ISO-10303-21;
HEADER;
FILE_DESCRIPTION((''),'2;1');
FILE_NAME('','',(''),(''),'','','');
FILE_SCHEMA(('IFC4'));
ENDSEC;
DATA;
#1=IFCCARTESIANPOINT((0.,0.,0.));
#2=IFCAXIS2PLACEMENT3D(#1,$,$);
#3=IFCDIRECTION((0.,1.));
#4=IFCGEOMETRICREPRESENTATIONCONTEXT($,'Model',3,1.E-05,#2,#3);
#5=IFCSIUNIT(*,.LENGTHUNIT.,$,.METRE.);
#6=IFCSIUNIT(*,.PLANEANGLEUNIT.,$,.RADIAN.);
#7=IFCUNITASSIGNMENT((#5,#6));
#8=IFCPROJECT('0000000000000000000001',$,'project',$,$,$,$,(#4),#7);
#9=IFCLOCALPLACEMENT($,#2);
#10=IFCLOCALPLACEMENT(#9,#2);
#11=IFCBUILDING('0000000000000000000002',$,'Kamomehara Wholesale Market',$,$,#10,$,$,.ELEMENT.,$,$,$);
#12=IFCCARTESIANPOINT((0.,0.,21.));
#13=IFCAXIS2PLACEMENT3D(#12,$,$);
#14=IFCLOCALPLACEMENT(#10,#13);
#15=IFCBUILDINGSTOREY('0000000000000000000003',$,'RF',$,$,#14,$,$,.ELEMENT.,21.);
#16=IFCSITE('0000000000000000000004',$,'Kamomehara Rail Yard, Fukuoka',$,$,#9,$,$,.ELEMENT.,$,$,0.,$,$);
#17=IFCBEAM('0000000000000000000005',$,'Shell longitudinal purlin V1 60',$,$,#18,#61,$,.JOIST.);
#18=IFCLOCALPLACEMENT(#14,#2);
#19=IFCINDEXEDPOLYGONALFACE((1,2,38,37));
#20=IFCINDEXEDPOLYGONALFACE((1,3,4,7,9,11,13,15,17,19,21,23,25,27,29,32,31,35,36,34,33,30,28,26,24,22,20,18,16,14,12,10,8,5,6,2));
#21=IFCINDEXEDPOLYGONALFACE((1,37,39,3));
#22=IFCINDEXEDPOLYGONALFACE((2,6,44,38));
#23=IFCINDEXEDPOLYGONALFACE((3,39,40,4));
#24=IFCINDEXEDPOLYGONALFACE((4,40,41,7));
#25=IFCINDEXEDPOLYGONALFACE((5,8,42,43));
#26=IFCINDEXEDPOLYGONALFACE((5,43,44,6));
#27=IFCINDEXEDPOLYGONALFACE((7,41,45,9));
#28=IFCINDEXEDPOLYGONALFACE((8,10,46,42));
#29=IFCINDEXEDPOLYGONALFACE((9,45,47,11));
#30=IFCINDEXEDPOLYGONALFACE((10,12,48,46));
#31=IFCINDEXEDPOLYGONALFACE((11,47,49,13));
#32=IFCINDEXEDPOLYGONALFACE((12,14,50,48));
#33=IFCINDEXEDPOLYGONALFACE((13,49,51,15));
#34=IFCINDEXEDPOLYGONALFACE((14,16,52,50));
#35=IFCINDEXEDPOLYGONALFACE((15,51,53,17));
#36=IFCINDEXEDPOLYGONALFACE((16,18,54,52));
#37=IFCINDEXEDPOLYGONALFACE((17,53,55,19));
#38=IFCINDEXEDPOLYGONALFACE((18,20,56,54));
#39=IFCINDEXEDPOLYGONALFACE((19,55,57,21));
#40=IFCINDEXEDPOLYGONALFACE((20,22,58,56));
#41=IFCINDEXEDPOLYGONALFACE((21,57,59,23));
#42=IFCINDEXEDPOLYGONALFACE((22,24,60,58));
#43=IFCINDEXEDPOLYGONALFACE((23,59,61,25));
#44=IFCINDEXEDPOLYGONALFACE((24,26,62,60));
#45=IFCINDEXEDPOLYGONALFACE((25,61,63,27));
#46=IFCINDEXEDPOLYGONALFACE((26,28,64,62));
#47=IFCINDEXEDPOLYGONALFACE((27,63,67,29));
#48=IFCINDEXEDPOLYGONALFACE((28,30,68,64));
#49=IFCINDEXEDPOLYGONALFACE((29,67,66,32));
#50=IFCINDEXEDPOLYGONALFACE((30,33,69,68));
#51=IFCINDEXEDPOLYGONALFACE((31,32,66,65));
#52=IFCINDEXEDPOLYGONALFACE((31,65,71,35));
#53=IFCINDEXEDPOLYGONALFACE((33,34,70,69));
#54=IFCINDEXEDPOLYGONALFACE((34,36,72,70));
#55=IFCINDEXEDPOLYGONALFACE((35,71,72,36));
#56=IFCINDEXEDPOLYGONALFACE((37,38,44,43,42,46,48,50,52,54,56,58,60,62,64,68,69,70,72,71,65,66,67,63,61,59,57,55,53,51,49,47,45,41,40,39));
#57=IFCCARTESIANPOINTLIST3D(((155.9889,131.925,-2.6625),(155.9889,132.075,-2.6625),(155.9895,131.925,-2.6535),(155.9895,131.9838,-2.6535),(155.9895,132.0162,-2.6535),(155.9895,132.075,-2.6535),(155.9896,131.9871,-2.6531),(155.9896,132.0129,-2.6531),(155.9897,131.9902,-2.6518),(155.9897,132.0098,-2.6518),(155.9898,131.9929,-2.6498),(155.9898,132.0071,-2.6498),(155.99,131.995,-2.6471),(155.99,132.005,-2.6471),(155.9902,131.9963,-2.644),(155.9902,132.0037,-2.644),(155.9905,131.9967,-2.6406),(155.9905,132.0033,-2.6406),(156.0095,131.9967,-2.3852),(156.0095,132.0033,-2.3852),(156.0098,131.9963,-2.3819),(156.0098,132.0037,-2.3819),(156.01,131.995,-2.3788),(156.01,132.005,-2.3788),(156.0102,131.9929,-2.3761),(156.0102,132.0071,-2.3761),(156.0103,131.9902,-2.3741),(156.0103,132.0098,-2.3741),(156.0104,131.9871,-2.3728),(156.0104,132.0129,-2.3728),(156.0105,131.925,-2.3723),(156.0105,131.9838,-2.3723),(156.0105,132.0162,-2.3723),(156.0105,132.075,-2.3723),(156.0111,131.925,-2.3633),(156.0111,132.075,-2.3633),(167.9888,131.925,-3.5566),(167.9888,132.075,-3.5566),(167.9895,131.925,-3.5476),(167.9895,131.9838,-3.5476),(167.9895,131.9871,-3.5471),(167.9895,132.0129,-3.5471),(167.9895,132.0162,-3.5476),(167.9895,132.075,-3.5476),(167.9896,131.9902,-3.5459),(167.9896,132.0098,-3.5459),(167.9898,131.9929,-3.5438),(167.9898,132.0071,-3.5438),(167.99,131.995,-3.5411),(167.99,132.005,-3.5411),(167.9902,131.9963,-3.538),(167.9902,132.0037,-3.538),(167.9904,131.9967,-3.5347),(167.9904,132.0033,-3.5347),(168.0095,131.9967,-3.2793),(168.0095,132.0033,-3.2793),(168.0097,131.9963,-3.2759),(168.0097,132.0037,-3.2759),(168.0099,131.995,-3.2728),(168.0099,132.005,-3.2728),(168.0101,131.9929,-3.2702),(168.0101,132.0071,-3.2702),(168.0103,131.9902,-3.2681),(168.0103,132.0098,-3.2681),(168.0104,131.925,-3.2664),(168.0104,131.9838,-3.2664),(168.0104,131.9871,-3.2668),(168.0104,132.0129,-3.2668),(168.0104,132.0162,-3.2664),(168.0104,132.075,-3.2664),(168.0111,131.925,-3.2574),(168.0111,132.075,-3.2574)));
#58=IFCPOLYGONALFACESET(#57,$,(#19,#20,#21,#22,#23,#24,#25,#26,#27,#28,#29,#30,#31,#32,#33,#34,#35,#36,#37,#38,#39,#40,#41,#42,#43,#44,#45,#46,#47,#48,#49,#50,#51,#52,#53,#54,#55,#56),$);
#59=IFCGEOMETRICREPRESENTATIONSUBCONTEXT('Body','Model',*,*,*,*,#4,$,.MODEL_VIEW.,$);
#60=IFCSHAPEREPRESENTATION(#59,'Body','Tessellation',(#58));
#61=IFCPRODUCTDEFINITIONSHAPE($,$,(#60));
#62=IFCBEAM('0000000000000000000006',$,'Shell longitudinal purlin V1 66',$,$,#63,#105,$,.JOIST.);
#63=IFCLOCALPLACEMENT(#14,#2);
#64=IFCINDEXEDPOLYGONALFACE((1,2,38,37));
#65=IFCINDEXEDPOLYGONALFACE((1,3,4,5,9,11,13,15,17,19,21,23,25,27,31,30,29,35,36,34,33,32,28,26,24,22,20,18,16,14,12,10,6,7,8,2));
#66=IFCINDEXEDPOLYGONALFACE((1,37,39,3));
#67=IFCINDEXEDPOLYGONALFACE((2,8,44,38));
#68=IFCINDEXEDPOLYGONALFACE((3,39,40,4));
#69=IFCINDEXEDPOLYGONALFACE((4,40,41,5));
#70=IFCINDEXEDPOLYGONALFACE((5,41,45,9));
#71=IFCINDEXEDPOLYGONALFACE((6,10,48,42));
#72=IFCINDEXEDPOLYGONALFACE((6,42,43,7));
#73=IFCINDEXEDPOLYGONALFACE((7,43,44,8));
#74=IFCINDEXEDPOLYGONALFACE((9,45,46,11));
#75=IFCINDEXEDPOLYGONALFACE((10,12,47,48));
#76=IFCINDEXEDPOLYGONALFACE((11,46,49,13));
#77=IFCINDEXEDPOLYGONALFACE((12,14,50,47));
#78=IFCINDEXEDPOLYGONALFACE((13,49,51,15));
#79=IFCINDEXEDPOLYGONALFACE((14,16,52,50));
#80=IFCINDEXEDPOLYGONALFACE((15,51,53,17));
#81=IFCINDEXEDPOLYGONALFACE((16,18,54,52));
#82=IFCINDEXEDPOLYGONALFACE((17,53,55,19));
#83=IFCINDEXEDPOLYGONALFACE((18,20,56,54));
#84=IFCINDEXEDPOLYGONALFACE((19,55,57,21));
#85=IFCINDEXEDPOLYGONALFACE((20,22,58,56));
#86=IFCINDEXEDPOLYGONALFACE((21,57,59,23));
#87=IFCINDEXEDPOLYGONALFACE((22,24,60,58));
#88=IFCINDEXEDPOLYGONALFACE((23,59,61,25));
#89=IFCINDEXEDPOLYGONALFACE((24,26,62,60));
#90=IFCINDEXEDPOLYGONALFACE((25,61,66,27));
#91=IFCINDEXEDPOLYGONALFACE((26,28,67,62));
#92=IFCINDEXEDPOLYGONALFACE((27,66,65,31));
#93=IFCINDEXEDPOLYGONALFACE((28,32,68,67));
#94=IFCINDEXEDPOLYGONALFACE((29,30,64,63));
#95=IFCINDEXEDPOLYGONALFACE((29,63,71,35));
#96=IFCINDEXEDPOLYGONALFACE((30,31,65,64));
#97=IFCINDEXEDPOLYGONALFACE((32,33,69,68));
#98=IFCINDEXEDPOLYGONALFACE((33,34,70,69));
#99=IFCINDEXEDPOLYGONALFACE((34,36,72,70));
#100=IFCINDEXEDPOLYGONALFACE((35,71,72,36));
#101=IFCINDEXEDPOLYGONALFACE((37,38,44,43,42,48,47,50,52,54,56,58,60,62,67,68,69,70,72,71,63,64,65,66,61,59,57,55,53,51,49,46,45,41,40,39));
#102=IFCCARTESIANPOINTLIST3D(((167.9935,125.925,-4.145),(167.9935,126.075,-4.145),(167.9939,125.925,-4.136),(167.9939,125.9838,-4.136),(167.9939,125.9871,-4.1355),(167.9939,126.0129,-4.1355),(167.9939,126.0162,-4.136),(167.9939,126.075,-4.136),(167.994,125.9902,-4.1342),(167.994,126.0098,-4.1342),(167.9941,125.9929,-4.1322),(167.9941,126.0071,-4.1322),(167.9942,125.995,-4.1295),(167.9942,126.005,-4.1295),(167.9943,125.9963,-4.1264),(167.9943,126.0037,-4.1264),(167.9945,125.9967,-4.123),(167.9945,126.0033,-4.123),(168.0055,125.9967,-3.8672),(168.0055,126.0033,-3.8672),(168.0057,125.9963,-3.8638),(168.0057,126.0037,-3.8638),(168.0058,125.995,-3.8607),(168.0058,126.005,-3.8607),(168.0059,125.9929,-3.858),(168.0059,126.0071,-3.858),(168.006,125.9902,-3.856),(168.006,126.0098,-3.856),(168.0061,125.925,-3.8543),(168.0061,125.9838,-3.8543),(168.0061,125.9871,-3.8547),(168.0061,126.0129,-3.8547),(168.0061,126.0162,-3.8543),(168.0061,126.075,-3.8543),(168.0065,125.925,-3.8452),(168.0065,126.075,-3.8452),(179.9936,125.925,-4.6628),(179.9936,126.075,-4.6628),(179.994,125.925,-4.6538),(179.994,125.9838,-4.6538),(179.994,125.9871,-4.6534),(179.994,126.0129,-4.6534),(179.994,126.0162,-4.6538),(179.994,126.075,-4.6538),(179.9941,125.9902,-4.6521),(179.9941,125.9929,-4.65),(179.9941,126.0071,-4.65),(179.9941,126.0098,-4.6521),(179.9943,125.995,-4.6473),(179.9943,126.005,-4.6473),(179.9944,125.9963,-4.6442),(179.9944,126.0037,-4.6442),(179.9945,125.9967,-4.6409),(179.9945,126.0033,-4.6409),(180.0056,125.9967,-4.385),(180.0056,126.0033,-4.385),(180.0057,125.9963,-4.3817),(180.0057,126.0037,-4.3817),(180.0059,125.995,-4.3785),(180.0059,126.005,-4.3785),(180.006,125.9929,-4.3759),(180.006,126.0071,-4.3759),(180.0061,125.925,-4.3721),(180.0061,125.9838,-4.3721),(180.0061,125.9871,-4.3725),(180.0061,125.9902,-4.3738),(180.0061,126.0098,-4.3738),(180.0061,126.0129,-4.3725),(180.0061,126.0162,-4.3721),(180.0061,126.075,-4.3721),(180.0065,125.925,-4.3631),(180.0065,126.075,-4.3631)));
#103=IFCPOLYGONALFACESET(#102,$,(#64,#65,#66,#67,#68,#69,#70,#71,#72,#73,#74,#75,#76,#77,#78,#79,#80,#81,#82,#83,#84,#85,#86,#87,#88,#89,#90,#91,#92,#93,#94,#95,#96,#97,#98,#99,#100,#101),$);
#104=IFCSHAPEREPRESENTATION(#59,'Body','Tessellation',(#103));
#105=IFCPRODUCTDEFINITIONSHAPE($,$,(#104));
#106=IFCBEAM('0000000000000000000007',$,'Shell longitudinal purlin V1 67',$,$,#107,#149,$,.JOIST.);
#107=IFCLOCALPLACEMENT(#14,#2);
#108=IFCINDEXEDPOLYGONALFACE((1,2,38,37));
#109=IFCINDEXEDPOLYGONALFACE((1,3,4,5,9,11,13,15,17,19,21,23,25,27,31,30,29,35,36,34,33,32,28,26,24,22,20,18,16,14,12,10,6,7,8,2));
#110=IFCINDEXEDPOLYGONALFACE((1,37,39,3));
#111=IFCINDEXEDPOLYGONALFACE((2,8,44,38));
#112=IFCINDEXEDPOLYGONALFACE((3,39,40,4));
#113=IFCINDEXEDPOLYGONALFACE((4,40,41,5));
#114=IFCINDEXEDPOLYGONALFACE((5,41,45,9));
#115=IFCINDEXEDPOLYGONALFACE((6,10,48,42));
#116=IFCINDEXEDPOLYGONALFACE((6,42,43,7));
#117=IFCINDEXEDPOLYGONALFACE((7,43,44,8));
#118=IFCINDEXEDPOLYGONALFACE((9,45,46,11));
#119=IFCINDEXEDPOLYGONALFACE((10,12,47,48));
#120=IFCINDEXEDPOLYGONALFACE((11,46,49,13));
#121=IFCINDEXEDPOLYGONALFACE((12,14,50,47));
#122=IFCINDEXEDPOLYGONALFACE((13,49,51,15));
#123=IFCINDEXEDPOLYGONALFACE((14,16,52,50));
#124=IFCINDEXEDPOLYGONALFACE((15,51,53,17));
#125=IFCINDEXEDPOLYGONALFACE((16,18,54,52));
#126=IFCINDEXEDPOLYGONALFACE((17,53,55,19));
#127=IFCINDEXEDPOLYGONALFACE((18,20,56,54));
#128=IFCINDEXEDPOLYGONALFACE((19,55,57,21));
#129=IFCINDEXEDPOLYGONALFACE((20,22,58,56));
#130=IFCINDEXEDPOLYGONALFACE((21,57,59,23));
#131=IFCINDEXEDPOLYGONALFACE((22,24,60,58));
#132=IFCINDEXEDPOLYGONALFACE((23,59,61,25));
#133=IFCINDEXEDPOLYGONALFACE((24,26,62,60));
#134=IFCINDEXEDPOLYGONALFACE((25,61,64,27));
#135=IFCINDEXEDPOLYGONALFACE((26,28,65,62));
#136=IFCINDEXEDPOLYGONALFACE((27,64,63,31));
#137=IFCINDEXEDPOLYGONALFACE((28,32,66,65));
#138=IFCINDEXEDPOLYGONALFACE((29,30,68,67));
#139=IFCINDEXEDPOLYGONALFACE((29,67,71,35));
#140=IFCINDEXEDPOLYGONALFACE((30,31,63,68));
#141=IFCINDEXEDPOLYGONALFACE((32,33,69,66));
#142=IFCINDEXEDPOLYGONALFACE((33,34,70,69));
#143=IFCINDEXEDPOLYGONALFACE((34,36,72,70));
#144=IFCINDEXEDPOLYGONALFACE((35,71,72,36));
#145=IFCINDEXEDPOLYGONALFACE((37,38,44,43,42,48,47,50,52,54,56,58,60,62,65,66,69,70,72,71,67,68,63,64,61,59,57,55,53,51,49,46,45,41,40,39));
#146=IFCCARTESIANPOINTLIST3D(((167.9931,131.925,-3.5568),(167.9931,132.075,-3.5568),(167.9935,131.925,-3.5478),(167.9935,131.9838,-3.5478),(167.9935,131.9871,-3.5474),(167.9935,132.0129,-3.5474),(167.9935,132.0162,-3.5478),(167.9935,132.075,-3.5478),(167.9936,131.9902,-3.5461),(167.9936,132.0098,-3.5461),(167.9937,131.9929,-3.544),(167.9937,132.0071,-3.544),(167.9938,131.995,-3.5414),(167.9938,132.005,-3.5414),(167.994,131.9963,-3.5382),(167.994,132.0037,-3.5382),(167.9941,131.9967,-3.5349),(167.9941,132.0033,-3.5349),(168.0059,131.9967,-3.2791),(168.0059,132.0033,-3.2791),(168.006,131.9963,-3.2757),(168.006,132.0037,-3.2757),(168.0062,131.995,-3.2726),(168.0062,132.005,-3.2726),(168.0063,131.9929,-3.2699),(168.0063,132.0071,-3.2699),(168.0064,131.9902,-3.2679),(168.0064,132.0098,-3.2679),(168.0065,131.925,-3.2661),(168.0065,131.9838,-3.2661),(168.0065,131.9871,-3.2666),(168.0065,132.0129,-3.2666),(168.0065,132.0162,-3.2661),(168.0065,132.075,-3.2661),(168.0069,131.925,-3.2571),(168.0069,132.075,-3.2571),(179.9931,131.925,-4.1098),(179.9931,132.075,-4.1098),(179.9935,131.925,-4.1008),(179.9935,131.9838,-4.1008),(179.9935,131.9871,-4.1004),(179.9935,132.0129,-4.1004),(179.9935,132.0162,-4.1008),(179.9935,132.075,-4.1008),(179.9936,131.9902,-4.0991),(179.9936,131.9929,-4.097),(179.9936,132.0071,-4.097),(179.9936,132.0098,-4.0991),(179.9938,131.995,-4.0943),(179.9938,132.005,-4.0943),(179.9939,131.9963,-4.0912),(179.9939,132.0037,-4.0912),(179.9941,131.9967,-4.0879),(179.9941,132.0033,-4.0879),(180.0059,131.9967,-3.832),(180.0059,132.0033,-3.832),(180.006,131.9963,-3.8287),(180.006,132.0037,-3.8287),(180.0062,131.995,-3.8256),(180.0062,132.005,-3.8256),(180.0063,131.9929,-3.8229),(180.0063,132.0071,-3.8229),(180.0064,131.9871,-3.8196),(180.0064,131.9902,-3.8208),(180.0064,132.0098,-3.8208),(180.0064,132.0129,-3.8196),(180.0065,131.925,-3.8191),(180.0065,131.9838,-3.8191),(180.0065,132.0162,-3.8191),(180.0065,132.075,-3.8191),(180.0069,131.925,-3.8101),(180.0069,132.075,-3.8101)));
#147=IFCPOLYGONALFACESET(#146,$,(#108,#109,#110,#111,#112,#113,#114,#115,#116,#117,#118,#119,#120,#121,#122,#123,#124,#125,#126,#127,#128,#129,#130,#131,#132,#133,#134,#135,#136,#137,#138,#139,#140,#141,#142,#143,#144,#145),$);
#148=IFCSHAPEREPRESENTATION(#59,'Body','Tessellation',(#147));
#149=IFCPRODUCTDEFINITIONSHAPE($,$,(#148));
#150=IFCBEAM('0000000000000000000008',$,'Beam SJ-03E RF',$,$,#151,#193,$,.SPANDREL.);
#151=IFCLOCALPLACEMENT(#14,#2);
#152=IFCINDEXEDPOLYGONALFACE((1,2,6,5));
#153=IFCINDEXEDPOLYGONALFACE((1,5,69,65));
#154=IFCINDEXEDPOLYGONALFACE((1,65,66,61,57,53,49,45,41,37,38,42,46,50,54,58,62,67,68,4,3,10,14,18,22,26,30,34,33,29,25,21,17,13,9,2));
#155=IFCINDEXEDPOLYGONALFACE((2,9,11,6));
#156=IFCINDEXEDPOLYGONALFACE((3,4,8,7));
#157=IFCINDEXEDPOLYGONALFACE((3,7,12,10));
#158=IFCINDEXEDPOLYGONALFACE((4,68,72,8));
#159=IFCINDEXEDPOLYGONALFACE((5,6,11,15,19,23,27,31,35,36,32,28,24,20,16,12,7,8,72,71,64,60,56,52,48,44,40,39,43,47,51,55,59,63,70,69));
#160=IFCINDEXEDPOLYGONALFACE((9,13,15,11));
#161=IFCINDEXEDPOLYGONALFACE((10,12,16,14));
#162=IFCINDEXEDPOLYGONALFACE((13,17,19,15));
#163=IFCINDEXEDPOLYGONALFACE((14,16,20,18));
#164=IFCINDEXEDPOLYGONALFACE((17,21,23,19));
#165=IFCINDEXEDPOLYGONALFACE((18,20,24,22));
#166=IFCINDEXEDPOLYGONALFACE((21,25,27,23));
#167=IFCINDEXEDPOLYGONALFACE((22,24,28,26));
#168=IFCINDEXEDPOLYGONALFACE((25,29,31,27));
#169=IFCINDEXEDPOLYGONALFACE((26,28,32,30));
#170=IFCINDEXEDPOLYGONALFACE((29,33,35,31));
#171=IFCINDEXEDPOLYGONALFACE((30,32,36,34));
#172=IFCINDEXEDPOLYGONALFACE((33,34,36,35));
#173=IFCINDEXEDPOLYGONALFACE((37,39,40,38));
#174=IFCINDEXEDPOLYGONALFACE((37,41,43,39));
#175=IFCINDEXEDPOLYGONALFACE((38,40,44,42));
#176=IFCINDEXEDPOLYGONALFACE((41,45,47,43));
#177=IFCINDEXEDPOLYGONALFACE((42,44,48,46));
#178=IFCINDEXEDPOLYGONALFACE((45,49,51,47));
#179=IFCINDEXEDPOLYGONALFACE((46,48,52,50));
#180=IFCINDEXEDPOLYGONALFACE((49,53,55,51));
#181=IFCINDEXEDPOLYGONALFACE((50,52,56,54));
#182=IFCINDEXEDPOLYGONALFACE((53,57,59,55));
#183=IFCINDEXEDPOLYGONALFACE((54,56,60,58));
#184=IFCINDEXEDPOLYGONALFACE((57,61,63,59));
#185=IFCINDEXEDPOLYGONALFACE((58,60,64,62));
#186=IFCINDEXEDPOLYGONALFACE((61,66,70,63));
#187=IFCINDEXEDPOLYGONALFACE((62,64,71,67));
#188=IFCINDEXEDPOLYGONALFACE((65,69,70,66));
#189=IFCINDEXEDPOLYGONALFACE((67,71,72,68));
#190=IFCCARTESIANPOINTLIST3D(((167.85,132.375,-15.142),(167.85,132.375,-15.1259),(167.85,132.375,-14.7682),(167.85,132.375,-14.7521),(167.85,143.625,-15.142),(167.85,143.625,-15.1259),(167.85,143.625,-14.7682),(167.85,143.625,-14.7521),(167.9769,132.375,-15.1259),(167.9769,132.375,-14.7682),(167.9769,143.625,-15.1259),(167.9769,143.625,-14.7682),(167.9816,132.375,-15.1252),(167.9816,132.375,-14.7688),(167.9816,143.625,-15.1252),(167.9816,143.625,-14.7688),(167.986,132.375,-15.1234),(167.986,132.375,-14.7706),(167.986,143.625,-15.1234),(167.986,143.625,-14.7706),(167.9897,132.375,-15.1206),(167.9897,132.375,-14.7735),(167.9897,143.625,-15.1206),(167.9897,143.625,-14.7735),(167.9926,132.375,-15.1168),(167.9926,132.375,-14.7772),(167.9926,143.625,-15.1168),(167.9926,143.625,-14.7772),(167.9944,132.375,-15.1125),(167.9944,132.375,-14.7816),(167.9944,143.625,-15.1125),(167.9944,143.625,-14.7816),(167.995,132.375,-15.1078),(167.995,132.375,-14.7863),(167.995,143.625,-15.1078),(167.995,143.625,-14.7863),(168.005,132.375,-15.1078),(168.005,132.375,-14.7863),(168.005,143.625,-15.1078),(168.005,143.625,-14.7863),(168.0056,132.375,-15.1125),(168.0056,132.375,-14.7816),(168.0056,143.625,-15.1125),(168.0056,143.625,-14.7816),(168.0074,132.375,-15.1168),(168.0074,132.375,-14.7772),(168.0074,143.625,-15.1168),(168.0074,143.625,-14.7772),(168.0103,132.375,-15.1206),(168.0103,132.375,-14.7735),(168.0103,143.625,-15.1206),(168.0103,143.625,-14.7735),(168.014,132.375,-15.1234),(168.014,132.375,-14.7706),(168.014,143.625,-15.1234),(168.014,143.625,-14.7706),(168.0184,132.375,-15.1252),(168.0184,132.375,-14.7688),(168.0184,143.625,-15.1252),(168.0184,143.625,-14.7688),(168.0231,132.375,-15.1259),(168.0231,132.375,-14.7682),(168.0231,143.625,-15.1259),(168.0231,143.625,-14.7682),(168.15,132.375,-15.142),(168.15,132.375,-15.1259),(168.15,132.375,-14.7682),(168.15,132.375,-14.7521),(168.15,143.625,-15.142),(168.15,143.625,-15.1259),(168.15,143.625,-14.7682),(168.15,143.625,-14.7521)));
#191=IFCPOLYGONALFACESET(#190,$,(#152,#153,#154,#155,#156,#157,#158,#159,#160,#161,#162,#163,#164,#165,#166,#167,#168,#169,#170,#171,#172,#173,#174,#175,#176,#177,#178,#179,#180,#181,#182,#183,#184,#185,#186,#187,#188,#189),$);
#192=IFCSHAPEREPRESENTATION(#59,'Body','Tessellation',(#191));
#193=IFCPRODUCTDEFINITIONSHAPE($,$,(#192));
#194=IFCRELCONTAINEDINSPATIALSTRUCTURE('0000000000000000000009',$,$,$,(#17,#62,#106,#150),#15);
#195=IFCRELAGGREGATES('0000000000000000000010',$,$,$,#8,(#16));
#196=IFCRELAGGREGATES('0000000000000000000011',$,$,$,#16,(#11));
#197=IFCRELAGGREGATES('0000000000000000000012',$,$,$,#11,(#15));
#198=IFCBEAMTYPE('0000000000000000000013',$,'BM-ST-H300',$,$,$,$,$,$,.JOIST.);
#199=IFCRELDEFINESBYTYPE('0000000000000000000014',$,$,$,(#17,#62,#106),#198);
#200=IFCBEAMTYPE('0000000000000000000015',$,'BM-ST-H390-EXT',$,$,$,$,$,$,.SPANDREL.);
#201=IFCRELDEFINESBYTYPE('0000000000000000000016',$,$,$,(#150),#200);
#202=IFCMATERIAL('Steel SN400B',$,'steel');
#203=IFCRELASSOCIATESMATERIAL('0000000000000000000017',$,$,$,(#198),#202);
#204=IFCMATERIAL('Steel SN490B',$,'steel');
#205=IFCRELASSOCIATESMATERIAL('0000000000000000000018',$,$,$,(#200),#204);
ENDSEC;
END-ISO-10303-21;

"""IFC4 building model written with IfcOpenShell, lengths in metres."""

from ifc_helpers import new_model, si_unit, direction, frame, origin, origin_2d, place, context, subcontext, project, spatial, i_section, extrude, material, material_profile, profile_set, type_object, element, save


model = new_model("IFC4")

# Units and contexts
model_context = context("Model", 3, precision=1e-05, world=origin(), true_north=direction((0.0, 1.0)))
body_context = subcontext(model_context, "Body", "Model", "MODEL_VIEW")
ifc_project = project(units=[si_unit("LENGTHUNIT", "METRE"), si_unit("PLANEANGLEUNIT", "RADIAN")], contexts=[model_context])

# Site, building, storey
site_placement = place(None, origin())
site = spatial("IfcSite", under=ifc_project, at=site_placement, Name="Kamomehara Rail Yard, Fukuoka", CompositionType="ELEMENT", RefElevation=0.0)
building_placement = place(site_placement, origin())
building = spatial("IfcBuilding", under=site, at=building_placement, Name="Kamomehara Wholesale Market", CompositionType="ELEMENT")
storey_placement = place(building_placement, frame((0.0, 0.0, 21.0)))
storey = spatial("IfcBuildingStorey", under=building, at=storey_placement, Name="RF", CompositionType="ELEMENT", Elevation=21.0)

# Beams
ifc_material_1 = material(Name="Steel SN400B", Category="steel")
ifc_material_profile_1 = material_profile(ifc_material_1, i_section(OverallWidth=0.1499, OverallDepth=0.3, WebThickness=0.0066, FlangeThickness=0.009, FilletRadius=0.0129, at=origin_2d()), Name="H-300x150x6.5x9")
ifc_profile_set_1 = profile_set([ifc_material_profile_1], Name="Steel SN400B")
beam_type_1 = type_object("IfcBeamType", Name="BM-ST-H300", PredefinedType="JOIST", material=ifc_profile_set_1)
beam_1_placement = place(storey_placement, frame((156.0, 132.0, -2.5129), z_axis=(0.997236, 0.0, -0.074298), x_axis=(0.0, 1.0, 0.0)))
element("IfcBeam", 1, at=beam_1_placement, inside=storey, type_object=beam_type_1, Name="Shell longitudinal purlin V1 60", PredefinedType="JOIST", context=body_context, shape_type="SweptSolid", body=[
    extrude(i_section(OverallWidth=0.1499, OverallDepth=0.3, WebThickness=0.0066, FlangeThickness=0.009, FilletRadius=0.0129, at=origin_2d()), origin(), (0.0, 0.0, 1.0), 12.0332),
])
beam_2_placement = place(storey_placement, frame((168.0, 126.0, -3.9951), z_axis=(0.99907, 0.0, -0.043112), x_axis=(0.0, 1.0, 0.0)))
element("IfcBeam", 2, at=beam_2_placement, inside=storey, type_object=beam_type_1, Name="Shell longitudinal purlin V1 66", PredefinedType="JOIST", context=body_context, shape_type="SweptSolid", body=[
    extrude(i_section(OverallWidth=0.1499, OverallDepth=0.3, WebThickness=0.0066, FlangeThickness=0.009, FilletRadius=0.0129, at=origin_2d()), origin(), (0.0, 0.0, 1.0), 12.0112),
])
beam_3_placement = place(storey_placement, frame((168.0, 132.0, -3.407), z_axis=(0.99894, 0.0, -0.046033), x_axis=(0.0, 1.0, 0.0)))
element("IfcBeam", 3, at=beam_3_placement, inside=storey, type_object=beam_type_1, Name="Shell longitudinal purlin V1 67", PredefinedType="JOIST", context=body_context, shape_type="SweptSolid", body=[
    extrude(i_section(OverallWidth=0.1499, OverallDepth=0.3, WebThickness=0.0066, FlangeThickness=0.009, FilletRadius=0.0129, at=origin_2d()), origin(), (0.0, 0.0, 1.0), 12.0127),
])
ifc_material_2 = material(Name="Steel SN490B", Category="steel")
ifc_material_profile_2 = material_profile(ifc_material_2, i_section(OverallWidth=0.3, OverallDepth=0.3899, WebThickness=0.01, FlangeThickness=0.0161, FilletRadius=0.0181, at=origin_2d()), Name="H-390x300x10x16")
ifc_profile_set_2 = profile_set([ifc_material_profile_2], Name="Steel SN490B")
beam_type_2 = type_object("IfcBeamType", Name="BM-ST-H390-EXT", PredefinedType="SPANDREL", material=ifc_profile_set_2)
beam_4_placement = place(storey_placement, frame((168.0, 132.375, -14.947), z_axis=(0.0, 1.0, 0.0), x_axis=(-1.0, 0.0, 0.0)))
element("IfcBeam", 4, at=beam_4_placement, inside=storey, type_object=beam_type_2, Name="Beam SJ-03E RF", PredefinedType="SPANDREL", context=body_context, shape_type="SweptSolid", body=[
    extrude(i_section(OverallWidth=0.3, OverallDepth=0.3899, WebThickness=0.01, FlangeThickness=0.0161, FilletRadius=0.0181, at=origin_2d()), origin(), (0.0, 0.0, 1.0), 11.25),
])

save(model, "model.ifc")
